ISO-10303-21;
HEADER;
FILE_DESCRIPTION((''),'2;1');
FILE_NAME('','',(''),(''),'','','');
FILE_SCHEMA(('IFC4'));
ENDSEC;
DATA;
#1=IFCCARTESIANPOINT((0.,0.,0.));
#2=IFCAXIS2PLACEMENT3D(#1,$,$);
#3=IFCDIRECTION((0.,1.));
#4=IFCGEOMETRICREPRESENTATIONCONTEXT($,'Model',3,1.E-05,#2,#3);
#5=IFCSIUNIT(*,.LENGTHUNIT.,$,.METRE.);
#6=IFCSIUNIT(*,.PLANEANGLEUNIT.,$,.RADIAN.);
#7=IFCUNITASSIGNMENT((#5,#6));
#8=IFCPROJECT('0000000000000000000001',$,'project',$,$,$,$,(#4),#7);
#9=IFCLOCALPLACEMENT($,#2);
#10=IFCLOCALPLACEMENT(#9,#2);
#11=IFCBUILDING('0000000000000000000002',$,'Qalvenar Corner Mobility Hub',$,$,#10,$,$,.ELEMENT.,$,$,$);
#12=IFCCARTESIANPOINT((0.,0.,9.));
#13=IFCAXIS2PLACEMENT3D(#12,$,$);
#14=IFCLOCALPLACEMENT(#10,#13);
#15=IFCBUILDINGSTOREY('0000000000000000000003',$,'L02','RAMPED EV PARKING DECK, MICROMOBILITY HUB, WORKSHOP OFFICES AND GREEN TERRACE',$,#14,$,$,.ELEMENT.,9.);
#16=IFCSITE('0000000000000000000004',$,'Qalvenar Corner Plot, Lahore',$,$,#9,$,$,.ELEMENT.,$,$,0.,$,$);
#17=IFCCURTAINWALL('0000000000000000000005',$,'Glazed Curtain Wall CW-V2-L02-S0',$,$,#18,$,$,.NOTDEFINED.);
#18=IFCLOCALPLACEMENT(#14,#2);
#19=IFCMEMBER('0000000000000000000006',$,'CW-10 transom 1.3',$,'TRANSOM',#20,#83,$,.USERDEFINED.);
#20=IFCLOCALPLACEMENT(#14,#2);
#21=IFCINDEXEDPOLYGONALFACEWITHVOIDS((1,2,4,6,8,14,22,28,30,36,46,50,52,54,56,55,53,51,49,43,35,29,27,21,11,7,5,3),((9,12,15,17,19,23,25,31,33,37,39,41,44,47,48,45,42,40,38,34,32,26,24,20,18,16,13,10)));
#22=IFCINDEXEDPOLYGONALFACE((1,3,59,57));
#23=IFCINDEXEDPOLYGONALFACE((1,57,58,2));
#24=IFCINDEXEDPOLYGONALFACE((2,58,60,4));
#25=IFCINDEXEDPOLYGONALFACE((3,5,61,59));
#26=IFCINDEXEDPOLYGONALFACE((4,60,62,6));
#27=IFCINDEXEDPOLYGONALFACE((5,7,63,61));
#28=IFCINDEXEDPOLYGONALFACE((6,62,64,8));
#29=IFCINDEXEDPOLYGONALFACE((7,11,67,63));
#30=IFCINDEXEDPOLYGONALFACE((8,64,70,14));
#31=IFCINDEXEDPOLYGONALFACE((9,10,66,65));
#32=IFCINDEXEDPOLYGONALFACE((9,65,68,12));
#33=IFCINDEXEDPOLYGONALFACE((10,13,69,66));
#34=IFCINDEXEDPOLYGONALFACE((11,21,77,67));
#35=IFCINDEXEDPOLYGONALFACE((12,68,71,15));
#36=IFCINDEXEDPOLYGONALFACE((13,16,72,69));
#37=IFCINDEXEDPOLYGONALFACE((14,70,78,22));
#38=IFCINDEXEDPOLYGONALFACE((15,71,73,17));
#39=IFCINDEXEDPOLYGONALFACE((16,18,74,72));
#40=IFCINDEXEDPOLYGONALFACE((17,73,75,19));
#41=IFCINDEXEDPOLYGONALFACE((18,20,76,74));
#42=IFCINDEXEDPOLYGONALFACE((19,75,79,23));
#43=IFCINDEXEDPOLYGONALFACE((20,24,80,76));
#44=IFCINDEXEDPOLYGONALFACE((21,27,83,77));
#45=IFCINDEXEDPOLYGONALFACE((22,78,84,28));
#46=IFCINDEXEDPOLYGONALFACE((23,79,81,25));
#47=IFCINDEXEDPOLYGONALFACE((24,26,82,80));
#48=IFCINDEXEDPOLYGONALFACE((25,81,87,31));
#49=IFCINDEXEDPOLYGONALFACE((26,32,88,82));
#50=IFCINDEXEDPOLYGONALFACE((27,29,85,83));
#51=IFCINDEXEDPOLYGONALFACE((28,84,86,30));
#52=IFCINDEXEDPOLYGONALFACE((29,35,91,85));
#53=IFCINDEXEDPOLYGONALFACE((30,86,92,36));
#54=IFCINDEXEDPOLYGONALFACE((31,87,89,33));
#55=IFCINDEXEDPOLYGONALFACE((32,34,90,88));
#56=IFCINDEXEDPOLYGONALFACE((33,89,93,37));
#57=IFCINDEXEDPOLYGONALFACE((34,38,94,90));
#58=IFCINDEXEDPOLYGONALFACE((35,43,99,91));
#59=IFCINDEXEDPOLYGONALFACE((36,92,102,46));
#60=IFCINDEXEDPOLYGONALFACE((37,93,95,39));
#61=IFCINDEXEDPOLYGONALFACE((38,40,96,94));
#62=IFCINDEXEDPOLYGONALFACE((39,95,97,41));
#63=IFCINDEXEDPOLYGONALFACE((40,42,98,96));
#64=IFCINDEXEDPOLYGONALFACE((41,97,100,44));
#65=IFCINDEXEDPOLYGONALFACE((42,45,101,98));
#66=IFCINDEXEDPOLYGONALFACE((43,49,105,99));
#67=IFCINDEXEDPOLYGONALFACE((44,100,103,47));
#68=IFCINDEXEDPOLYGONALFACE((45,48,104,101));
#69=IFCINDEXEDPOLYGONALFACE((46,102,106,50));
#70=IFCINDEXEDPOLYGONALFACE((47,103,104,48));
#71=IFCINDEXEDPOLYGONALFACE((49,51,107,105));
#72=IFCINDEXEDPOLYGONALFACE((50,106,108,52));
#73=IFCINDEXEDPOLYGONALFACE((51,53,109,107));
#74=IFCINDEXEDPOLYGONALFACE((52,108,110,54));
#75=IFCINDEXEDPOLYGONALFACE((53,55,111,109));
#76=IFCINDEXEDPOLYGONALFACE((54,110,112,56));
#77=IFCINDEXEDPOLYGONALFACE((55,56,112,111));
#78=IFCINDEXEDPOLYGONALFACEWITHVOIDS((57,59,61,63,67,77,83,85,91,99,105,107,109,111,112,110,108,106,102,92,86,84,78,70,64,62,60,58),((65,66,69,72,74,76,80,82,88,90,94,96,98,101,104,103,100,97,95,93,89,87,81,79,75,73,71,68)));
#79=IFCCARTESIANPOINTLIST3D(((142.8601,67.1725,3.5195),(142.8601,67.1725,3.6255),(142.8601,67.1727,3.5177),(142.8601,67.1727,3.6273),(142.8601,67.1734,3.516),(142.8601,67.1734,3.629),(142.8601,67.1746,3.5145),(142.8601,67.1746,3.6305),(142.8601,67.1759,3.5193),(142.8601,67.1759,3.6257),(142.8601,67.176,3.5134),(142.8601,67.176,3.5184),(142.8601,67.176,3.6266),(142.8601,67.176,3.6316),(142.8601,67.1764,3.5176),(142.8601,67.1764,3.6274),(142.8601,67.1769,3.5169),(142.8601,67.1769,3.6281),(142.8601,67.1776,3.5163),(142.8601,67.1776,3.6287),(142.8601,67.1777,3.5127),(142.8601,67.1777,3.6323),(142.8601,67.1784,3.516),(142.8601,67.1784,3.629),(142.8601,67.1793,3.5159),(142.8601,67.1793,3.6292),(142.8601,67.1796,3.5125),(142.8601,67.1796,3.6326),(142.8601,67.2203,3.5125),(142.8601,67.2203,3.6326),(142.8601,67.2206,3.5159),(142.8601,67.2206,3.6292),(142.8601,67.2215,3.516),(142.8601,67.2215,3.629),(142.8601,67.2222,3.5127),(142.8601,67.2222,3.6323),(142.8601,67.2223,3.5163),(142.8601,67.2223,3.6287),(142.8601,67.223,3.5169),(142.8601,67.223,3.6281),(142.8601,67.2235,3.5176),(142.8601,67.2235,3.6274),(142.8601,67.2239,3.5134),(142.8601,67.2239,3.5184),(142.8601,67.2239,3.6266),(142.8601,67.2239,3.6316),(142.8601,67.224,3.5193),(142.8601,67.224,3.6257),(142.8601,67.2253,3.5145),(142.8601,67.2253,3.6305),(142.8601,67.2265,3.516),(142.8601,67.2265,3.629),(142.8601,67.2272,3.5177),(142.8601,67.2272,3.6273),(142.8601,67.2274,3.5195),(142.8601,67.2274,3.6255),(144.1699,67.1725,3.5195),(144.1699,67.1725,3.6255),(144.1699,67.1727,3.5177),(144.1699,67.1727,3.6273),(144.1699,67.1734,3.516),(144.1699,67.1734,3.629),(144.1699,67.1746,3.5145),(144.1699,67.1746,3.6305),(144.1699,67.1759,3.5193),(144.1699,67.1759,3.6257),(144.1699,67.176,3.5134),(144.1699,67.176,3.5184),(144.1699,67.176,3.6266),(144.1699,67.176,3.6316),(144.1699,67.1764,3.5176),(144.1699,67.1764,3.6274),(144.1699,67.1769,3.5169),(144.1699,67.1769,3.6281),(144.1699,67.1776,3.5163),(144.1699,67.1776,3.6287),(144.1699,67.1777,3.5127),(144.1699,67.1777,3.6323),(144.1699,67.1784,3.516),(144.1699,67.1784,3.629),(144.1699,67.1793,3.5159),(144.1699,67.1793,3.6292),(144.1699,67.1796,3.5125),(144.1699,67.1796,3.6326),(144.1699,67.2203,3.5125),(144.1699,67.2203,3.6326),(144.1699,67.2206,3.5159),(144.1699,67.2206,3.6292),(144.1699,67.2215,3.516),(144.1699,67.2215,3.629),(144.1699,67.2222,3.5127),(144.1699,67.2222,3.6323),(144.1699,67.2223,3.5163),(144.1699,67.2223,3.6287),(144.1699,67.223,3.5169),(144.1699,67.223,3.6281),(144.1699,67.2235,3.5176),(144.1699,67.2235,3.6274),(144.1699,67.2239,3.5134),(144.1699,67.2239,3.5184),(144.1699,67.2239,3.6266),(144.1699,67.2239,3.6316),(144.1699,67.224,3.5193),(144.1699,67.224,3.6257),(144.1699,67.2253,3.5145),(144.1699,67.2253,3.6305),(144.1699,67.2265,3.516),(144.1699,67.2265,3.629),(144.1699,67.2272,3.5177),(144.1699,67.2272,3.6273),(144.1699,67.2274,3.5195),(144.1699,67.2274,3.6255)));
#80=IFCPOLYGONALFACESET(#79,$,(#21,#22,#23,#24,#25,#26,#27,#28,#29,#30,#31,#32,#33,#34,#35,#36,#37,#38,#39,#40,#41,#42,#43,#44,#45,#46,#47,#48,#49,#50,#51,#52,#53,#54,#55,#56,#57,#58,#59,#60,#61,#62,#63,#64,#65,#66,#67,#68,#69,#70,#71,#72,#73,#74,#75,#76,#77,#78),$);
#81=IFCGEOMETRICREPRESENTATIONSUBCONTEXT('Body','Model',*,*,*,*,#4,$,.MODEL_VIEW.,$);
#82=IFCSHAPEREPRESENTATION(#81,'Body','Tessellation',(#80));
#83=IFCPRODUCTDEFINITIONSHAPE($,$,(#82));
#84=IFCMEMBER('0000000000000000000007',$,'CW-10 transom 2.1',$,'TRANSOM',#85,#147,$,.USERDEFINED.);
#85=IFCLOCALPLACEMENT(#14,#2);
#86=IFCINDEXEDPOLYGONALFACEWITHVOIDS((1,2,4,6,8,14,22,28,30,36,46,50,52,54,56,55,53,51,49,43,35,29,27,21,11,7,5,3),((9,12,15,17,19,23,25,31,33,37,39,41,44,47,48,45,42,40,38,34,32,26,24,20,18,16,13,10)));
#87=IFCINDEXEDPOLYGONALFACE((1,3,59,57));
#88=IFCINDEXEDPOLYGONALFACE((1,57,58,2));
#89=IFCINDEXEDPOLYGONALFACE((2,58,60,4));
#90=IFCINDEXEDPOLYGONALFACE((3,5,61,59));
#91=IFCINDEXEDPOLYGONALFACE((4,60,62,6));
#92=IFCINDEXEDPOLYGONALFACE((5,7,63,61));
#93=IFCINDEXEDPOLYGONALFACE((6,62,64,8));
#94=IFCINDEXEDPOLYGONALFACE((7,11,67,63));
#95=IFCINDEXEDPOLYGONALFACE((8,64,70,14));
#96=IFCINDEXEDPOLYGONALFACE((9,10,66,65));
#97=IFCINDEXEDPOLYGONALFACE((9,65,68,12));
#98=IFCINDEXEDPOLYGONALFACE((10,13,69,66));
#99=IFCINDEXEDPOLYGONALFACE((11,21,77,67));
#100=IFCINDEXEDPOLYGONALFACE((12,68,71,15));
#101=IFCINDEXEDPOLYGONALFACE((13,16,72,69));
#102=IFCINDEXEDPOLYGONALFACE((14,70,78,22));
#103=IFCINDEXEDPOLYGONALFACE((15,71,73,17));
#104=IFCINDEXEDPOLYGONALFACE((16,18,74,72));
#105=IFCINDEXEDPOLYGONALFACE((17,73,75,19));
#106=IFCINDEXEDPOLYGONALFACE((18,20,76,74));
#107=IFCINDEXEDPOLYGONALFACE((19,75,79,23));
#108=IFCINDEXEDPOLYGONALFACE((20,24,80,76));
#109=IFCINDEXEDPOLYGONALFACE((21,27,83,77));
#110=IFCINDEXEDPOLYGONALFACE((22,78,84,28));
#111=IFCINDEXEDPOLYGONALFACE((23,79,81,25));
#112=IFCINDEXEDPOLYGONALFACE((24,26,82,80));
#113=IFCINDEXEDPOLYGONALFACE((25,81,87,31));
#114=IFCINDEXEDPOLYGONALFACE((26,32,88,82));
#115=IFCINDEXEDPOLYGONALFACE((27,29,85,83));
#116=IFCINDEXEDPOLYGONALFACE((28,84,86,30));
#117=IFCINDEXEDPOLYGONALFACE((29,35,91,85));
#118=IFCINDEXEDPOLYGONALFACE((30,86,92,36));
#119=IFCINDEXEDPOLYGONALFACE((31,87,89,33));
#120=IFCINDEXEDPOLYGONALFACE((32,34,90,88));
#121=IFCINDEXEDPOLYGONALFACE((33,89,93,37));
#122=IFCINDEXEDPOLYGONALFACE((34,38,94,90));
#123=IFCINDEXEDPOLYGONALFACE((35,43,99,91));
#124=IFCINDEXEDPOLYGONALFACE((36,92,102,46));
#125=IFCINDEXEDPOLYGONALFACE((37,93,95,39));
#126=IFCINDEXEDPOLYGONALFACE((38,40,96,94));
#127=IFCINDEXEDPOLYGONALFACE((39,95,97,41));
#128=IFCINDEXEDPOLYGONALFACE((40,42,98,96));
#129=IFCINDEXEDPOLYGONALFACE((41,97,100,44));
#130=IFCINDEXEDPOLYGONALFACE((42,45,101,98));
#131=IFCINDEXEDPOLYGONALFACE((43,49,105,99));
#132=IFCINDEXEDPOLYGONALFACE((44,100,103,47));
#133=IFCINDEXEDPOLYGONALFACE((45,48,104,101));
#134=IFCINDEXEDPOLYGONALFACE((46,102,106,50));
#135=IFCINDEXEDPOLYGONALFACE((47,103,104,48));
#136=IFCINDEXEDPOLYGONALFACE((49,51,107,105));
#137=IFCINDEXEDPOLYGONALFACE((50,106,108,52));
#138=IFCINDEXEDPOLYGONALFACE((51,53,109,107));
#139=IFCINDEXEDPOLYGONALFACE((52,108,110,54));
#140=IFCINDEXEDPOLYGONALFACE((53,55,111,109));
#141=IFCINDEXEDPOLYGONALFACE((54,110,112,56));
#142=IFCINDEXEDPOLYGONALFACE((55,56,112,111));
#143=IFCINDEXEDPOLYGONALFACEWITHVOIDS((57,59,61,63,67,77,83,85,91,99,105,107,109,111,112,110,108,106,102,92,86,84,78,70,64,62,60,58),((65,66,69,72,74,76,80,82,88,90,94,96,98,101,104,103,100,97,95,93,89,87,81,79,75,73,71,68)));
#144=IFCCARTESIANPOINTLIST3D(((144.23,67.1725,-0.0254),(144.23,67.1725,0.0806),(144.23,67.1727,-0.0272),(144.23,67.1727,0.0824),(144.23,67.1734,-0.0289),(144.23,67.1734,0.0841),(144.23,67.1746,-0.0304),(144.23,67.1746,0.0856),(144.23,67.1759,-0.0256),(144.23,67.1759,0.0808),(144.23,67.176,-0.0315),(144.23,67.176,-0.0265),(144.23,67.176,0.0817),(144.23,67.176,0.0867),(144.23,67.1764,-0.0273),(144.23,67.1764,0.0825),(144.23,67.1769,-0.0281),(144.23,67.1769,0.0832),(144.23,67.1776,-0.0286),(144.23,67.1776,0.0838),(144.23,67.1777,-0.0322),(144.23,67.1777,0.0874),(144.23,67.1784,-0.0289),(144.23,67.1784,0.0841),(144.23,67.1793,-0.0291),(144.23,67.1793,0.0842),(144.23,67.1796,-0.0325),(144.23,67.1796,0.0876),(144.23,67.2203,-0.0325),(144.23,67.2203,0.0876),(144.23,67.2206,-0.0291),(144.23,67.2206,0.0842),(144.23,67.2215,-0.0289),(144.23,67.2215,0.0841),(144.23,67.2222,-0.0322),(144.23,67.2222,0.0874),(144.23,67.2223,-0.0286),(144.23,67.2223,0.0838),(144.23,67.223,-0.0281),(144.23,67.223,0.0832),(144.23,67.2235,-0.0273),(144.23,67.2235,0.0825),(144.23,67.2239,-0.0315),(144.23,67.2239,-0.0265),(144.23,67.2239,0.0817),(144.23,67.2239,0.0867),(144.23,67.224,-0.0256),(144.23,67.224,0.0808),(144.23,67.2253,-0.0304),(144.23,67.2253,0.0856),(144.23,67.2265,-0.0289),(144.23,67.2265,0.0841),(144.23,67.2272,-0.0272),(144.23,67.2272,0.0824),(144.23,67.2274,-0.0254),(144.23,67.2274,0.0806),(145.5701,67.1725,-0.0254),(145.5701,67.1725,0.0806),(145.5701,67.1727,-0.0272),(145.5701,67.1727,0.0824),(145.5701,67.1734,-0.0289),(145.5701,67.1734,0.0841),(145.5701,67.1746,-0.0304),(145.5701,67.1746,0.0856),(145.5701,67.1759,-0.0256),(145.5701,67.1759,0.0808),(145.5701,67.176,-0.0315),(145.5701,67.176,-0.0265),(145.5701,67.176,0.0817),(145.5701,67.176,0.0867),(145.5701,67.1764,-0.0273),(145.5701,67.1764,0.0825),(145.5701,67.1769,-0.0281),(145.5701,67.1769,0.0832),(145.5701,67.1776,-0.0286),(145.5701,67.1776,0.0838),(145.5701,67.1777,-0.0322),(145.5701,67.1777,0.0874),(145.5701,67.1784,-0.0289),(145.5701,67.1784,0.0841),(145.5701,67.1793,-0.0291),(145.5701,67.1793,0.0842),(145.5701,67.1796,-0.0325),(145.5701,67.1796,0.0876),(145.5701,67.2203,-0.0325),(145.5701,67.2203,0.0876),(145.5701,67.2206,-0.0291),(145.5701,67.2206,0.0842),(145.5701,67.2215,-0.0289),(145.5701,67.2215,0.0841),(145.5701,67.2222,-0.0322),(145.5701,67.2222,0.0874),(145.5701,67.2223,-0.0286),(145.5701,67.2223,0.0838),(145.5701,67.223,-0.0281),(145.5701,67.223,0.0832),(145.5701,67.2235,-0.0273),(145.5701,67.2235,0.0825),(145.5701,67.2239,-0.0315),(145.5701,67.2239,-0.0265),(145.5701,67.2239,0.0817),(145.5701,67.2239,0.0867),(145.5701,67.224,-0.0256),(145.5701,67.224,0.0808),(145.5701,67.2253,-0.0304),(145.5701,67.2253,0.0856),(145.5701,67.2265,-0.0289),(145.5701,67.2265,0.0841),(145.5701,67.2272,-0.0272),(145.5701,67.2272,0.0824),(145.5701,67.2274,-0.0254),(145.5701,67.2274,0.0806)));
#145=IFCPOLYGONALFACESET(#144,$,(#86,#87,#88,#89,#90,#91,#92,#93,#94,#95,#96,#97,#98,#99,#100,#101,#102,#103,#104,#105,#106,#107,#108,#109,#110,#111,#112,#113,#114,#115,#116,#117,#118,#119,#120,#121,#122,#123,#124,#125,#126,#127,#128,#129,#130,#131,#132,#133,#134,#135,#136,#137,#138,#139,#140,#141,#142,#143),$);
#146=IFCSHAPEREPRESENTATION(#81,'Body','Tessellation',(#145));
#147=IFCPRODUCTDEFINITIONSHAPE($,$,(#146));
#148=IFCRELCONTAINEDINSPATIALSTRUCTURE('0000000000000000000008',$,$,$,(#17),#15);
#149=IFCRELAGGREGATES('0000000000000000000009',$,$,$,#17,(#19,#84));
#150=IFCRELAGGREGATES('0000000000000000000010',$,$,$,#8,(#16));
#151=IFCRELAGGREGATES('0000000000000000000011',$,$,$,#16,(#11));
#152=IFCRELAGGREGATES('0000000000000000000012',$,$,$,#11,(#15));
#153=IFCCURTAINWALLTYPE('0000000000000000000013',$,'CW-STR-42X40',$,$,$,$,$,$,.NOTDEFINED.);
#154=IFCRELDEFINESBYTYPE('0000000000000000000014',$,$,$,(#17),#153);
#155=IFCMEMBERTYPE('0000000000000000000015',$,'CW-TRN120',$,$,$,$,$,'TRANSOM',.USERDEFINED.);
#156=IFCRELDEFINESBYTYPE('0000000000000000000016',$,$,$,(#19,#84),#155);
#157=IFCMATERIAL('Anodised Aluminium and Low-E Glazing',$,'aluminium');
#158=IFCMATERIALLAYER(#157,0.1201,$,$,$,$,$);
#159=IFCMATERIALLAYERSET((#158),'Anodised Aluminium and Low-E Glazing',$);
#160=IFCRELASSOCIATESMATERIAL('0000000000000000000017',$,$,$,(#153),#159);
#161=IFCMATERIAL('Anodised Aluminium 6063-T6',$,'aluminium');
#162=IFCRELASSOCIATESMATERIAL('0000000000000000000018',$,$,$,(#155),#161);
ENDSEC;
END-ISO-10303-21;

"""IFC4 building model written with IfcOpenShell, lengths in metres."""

from ifc_helpers import new_model, si_unit, direction, frame, origin, origin_2d, place, context, subcontext, project, spatial, hollow_rectangle, extrude, material, layer, layer_set, material_profile, profile_set, type_object, element, aggregate, save


model = new_model("IFC4")

# Units and contexts
model_context = context("Model", 3, precision=1e-05, world=origin(), true_north=direction((0.0, 1.0)))
body_context = subcontext(model_context, "Body", "Model", "MODEL_VIEW")
ifc_project = project(units=[si_unit("LENGTHUNIT", "METRE"), si_unit("PLANEANGLEUNIT", "RADIAN")], contexts=[model_context])

# Site, building, storey
site_placement = place(None, origin())
site = spatial("IfcSite", under=ifc_project, at=site_placement, Name="Qalvenar Corner Plot, Lahore", CompositionType="ELEMENT", RefElevation=0.0)
building_placement = place(site_placement, origin())
building = spatial("IfcBuilding", under=site, at=building_placement, Name="Qalvenar Corner Mobility Hub", CompositionType="ELEMENT")
storey_placement = place(building_placement, frame((0.0, 0.0, 9.0)))
storey = spatial("IfcBuildingStorey", under=building, at=storey_placement, Name="L02", Description="RAMPED EV PARKING DECK, MICROMOBILITY HUB, WORKSHOP OFFICES AND GREEN TERRACE", CompositionType="ELEMENT", Elevation=9.0)

# Curtain wall, members
ifc_material_1 = material(Name="Anodised Aluminium and Low-E Glazing", Category="aluminium")
ifc_layer_1 = layer(ifc_material_1, 0.1201)
ifc_layer_set_1 = layer_set([ifc_layer_1], Name="Anodised Aluminium and Low-E Glazing")
curtain_wall_type = type_object("IfcCurtainWallType", Name="CW-STR-42X40", PredefinedType="NOTDEFINED", material=ifc_layer_set_1)
curtain_wall_placement = place(storey_placement, origin())
curtain_wall = element("IfcCurtainWall", 1, at=curtain_wall_placement, inside=storey, type_object=curtain_wall_type, Name="Glazed Curtain Wall CW-V2-L02-S0", PredefinedType="NOTDEFINED")
ifc_material_2 = material(Name="Anodised Aluminium 6063-T6", Category="aluminium")
ifc_material_profile_1 = material_profile(ifc_material_2, hollow_rectangle(XDim=0.0549, YDim=0.1201, WallThickness=0.0034, InnerFilletRadius=0.0034, OuterFilletRadius=0.0071, at=origin_2d()), Name="RHS120x55x3.5")
ifc_profile_set_1 = profile_set([ifc_material_profile_1], Name="Anodised Aluminium 6063-T6")
member_type_1 = type_object("IfcMemberType", Name="CW-TRN120", ElementType="TRANSOM", PredefinedType="USERDEFINED", material=ifc_profile_set_1)
member_1_placement = place(storey_placement, frame((142.8601, 67.2, 3.5725), z_axis=(1.0, 0.0, 0.0), x_axis=(0.0, 1.0, 0.0)))
member_1 = element("IfcMember", 2, at=member_1_placement, type_object=member_type_1, Name="CW-10 transom 1.3", ObjectType="TRANSOM", PredefinedType="USERDEFINED", context=body_context, shape_type="SweptSolid", body=[
    extrude(hollow_rectangle(XDim=0.0549, YDim=0.1201, WallThickness=0.0034, InnerFilletRadius=0.0034, OuterFilletRadius=0.0071, at=origin_2d()), origin(), (0.0, 0.0, 1.0), 1.3098),
])
member_2_placement = place(storey_placement, frame((144.23, 67.2, 0.0276), z_axis=(1.0, 0.0, 0.0), x_axis=(0.0, 1.0, 0.0)))
member_2 = element("IfcMember", 3, at=member_2_placement, type_object=member_type_1, Name="CW-10 transom 2.1", ObjectType="TRANSOM", PredefinedType="USERDEFINED", context=body_context, shape_type="SweptSolid", body=[
    extrude(hollow_rectangle(XDim=0.0549, YDim=0.1201, WallThickness=0.0034, InnerFilletRadius=0.0034, OuterFilletRadius=0.0071, at=origin_2d()), origin(), (0.0, 0.0, 1.0), 1.3401),
])

aggregate(curtain_wall, [member_1, member_2])

save(model, "model.ifc")
